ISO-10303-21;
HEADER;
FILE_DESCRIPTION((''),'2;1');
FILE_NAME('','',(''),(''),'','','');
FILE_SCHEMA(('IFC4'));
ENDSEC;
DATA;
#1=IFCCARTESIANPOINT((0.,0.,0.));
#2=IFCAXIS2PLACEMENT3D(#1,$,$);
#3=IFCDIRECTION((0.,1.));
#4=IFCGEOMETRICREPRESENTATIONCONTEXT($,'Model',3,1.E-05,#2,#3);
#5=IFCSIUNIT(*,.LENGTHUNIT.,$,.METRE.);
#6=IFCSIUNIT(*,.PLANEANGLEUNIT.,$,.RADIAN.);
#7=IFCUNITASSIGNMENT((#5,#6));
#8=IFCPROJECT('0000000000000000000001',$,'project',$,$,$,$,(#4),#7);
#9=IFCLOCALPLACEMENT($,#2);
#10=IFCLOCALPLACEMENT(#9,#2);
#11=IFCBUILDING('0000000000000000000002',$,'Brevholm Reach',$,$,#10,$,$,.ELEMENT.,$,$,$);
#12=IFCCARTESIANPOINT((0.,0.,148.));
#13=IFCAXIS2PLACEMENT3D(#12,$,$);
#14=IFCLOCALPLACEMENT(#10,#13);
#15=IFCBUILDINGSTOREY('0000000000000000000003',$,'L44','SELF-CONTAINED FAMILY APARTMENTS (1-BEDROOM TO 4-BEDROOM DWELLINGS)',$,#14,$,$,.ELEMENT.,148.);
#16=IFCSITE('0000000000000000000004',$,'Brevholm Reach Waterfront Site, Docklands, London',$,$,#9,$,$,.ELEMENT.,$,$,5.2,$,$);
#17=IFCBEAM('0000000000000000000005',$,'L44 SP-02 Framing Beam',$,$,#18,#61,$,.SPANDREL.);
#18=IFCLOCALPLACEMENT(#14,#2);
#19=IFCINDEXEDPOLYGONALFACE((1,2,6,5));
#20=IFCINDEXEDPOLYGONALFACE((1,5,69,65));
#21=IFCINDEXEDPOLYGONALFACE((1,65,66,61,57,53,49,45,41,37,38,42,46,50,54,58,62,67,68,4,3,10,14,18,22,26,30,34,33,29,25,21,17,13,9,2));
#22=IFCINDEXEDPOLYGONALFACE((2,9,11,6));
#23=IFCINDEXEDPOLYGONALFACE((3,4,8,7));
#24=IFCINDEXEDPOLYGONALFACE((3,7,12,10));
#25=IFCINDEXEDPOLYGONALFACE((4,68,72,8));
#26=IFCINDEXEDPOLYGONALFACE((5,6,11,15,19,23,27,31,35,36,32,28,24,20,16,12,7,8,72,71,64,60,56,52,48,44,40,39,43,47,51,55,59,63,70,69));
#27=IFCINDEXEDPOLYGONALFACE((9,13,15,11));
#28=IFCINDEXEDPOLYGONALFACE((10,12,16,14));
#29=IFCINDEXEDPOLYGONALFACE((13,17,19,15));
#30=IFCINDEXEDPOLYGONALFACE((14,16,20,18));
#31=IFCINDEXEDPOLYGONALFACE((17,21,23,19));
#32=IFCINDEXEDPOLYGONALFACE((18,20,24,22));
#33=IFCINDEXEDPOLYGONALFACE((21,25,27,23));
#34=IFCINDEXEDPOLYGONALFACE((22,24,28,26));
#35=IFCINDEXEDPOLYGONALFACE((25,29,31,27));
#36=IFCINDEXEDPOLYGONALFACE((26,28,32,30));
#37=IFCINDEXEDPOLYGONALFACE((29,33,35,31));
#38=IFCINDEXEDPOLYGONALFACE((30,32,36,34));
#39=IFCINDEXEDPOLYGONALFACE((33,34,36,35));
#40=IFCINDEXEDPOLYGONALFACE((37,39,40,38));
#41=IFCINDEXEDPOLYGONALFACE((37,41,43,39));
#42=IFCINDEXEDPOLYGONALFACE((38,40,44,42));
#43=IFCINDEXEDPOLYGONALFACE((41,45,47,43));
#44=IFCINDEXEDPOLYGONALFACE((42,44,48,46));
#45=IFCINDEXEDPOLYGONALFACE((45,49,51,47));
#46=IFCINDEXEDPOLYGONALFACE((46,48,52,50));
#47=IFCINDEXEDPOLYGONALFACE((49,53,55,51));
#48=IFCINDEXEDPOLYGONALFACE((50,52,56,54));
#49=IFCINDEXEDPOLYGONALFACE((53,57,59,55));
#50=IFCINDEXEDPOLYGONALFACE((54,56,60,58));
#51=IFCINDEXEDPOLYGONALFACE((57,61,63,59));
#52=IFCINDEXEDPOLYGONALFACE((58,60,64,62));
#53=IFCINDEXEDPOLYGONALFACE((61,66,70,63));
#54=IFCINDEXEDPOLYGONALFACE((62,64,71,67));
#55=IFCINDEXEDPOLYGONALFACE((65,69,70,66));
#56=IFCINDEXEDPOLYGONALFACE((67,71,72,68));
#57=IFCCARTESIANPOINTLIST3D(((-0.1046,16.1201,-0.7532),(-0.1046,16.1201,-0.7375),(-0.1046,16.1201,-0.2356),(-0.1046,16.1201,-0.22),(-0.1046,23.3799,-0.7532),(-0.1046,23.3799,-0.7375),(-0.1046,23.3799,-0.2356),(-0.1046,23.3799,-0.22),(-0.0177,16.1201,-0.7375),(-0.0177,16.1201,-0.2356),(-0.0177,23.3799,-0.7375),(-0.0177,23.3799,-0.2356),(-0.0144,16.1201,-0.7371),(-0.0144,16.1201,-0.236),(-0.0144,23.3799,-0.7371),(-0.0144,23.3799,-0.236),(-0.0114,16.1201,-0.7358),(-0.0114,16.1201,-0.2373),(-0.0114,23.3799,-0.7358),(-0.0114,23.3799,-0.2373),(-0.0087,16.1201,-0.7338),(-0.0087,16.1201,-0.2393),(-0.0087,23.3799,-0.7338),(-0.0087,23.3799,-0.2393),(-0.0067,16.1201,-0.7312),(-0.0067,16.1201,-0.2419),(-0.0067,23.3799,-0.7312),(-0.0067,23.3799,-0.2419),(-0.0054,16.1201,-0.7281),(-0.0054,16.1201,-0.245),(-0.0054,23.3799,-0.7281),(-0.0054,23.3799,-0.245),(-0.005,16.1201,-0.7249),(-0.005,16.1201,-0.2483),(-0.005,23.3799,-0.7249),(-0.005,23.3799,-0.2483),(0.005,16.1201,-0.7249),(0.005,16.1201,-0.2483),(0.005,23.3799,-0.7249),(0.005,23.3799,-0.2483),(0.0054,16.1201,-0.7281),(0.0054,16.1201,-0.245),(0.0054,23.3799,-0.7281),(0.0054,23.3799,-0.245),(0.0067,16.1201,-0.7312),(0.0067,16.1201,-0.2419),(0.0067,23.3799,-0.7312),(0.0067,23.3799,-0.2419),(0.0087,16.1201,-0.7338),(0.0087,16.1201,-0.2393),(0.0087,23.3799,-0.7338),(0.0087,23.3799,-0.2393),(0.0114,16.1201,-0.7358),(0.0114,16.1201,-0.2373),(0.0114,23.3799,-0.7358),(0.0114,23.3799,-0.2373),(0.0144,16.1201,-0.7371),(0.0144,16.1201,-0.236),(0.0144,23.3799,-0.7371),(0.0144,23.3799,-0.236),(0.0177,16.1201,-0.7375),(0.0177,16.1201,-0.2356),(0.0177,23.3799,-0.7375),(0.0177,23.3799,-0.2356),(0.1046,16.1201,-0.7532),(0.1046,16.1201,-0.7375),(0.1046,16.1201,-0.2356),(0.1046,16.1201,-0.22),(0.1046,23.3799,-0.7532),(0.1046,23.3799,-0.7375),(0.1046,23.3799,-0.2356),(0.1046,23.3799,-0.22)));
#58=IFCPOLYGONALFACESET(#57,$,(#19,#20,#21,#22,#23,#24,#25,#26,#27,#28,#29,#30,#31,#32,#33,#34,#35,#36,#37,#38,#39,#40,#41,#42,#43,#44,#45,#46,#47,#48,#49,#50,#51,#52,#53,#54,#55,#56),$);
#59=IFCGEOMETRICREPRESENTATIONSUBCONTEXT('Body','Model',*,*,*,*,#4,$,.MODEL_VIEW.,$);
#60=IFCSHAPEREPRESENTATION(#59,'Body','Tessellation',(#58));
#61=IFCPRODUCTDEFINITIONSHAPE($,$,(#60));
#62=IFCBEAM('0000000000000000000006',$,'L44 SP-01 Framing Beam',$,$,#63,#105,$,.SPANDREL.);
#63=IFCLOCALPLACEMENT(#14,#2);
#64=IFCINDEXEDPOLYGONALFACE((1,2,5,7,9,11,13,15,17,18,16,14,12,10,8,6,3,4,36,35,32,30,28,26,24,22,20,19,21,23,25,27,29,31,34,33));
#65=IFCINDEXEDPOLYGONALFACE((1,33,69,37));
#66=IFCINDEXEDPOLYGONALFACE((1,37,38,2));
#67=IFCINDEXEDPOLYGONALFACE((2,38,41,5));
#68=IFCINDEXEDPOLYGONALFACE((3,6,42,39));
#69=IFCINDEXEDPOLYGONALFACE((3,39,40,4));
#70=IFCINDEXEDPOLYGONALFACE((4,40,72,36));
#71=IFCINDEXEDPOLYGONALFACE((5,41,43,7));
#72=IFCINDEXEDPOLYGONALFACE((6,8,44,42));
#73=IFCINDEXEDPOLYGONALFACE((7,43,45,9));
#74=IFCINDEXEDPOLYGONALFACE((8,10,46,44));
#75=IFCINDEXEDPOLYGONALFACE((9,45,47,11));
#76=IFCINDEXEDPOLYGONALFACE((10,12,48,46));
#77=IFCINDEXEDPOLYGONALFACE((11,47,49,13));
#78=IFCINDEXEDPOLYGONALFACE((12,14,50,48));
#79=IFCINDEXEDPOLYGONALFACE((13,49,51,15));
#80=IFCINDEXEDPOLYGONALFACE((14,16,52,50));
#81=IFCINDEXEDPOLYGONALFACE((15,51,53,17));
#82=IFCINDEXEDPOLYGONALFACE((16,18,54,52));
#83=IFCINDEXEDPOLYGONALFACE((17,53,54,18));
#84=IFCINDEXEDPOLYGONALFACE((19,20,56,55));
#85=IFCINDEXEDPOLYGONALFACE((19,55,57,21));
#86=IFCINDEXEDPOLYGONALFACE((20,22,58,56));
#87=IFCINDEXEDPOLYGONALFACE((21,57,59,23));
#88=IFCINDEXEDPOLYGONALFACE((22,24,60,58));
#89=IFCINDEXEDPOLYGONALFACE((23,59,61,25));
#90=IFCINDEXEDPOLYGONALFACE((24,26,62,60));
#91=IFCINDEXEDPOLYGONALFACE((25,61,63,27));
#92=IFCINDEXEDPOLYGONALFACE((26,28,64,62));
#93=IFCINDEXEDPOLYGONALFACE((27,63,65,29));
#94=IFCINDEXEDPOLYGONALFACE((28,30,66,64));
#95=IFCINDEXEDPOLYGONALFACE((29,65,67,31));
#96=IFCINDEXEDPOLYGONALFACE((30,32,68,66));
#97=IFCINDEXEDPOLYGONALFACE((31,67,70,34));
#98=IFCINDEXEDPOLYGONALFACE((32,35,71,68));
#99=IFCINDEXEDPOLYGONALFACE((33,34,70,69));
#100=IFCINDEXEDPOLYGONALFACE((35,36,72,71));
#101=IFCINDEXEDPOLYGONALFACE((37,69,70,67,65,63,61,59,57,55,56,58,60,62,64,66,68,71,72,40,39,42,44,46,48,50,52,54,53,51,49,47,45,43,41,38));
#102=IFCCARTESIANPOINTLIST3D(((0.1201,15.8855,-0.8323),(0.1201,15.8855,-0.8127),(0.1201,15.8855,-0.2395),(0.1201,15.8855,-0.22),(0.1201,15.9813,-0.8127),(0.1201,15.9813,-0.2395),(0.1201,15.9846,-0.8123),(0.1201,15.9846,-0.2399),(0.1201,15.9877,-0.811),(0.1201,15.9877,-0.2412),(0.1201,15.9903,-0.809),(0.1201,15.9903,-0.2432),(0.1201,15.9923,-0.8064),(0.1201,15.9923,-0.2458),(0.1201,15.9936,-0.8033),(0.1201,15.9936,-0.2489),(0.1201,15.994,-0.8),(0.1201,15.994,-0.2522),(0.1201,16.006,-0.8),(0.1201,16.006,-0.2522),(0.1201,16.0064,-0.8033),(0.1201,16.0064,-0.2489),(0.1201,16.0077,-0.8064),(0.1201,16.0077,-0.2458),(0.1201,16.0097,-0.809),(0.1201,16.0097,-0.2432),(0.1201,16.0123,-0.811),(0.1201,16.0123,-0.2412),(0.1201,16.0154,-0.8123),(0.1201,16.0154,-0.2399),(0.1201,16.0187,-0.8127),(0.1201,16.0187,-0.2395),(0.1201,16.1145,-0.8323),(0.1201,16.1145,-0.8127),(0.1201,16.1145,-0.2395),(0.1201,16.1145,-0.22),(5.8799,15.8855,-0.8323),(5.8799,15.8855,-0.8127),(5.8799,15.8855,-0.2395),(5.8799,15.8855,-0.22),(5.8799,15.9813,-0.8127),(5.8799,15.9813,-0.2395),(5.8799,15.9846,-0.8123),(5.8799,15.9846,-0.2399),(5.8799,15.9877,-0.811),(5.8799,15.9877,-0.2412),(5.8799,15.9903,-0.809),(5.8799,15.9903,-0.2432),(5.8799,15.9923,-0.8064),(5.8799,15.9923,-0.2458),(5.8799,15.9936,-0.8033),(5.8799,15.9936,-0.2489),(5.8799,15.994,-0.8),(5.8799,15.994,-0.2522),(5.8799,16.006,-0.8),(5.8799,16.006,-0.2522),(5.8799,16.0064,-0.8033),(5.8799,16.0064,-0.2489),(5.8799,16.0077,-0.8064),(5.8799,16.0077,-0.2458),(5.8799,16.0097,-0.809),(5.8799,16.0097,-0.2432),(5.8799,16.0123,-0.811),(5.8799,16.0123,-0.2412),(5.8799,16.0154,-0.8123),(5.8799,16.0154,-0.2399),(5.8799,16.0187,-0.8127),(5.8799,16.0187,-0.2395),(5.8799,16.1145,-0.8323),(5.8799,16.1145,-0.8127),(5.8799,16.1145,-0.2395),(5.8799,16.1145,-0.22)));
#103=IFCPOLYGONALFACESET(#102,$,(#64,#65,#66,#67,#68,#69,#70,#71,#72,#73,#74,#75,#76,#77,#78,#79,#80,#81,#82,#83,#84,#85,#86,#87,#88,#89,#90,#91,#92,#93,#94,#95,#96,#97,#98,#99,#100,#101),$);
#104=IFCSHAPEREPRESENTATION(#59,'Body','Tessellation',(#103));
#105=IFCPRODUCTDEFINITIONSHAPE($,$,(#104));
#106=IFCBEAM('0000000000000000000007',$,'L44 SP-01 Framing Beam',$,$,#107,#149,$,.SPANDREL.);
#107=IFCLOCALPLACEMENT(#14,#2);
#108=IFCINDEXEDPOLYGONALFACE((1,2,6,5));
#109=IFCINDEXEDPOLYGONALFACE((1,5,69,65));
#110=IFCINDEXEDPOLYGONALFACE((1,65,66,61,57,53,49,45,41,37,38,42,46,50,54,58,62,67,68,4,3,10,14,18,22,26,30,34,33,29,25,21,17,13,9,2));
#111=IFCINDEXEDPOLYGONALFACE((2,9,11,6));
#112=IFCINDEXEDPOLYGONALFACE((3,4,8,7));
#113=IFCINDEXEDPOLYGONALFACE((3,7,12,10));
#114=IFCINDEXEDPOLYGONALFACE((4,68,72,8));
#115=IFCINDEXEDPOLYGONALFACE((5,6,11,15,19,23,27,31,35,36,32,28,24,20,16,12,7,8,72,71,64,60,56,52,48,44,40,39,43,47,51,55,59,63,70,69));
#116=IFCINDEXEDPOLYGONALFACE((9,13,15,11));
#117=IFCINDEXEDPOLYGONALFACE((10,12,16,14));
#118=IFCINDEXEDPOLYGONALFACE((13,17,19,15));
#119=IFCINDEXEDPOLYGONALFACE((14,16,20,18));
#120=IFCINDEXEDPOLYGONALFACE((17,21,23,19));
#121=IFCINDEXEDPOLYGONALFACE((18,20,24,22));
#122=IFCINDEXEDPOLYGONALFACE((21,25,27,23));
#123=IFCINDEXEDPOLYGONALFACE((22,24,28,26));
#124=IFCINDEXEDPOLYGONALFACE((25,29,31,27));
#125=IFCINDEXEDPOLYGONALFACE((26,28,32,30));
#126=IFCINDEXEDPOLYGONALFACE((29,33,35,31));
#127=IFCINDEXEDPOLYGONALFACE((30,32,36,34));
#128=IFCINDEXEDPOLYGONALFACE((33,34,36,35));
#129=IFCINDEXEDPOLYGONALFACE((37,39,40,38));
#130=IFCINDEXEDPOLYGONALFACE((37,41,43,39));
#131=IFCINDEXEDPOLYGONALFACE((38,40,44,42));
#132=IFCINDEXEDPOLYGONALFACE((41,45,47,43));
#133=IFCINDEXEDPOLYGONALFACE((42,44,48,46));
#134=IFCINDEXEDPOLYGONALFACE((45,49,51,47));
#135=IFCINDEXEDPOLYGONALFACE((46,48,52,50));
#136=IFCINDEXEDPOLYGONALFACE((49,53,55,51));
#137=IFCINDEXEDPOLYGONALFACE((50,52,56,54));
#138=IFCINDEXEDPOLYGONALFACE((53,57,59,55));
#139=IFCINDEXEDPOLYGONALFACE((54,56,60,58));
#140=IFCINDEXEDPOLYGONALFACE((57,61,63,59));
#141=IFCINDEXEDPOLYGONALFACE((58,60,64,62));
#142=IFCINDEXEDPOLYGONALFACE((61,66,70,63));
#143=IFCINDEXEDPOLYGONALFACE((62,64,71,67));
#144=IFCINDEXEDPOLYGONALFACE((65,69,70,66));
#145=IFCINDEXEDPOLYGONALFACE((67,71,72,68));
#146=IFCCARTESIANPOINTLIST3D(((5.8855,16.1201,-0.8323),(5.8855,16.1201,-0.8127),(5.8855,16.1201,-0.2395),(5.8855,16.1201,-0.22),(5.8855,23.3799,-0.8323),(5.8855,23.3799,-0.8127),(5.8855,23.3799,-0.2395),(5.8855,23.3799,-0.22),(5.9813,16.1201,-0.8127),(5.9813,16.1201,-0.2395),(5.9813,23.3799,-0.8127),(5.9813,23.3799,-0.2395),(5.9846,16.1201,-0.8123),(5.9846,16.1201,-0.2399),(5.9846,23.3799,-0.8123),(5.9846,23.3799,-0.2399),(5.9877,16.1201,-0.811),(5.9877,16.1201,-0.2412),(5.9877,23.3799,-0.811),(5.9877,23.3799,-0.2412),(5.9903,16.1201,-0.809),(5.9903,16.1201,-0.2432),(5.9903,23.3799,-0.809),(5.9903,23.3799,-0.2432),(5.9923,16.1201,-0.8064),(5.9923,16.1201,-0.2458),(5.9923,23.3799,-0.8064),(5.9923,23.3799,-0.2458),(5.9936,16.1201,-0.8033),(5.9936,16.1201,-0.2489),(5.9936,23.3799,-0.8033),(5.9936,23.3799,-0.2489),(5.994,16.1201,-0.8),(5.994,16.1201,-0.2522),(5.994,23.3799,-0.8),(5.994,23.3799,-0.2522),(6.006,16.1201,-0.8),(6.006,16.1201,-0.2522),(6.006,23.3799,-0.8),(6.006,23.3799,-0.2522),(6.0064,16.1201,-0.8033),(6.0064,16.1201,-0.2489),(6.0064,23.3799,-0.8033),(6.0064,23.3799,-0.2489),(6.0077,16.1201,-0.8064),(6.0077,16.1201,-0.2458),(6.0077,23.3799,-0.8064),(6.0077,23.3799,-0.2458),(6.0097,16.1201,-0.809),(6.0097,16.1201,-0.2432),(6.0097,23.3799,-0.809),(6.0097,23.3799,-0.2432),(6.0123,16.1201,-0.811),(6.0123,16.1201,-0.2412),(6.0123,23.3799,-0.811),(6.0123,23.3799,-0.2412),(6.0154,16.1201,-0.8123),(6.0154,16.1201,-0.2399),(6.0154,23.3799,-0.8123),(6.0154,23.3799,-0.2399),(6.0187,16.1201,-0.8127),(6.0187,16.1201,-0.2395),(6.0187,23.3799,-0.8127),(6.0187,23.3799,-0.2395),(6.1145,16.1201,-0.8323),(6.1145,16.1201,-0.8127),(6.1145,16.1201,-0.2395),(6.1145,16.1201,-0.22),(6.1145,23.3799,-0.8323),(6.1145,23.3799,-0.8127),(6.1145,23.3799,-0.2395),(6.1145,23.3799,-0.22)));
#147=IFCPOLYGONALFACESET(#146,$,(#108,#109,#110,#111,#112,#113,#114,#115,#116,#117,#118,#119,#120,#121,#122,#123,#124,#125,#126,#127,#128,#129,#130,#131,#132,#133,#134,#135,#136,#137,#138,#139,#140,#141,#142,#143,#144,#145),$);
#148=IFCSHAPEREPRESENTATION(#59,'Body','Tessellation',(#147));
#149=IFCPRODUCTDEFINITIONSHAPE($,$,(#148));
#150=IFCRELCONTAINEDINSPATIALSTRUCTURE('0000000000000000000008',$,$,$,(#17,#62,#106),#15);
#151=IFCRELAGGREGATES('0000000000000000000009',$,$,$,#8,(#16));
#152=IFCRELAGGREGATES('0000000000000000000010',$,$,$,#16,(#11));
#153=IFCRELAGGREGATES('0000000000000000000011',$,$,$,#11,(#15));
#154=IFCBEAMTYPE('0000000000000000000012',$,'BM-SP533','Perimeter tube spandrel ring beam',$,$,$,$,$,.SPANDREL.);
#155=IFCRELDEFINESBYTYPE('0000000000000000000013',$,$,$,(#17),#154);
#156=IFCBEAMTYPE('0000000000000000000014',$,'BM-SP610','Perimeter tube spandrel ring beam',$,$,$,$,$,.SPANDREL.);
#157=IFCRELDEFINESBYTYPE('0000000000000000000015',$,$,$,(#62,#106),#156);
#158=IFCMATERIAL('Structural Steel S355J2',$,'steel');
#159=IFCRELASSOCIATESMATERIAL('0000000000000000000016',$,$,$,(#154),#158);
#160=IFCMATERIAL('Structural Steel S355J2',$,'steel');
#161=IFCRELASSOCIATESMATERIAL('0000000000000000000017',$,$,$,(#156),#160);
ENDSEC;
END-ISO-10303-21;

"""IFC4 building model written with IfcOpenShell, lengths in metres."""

from ifc_helpers import new_model, si_unit, direction, frame, origin, origin_2d, place, context, subcontext, project, spatial, i_section, extrude, material, material_profile, profile_set, type_object, element, save


model = new_model("IFC4")

# Units and contexts
model_context = context("Model", 3, precision=1e-05, world=origin(), true_north=direction((0.0, 1.0)))
body_context = subcontext(model_context, "Body", "Model", "MODEL_VIEW")
ifc_project = project(units=[si_unit("LENGTHUNIT", "METRE"), si_unit("PLANEANGLEUNIT", "RADIAN")], contexts=[model_context])

# Site, building, storey
site_placement = place(None, origin())
site = spatial("IfcSite", under=ifc_project, at=site_placement, Name="Brevholm Reach Waterfront Site, Docklands, London", CompositionType="ELEMENT", RefElevation=5.2)
building_placement = place(site_placement, origin())
building = spatial("IfcBuilding", under=site, at=building_placement, Name="Brevholm Reach", CompositionType="ELEMENT")
storey_placement = place(building_placement, frame((0.0, 0.0, 148.0)))
storey = spatial("IfcBuildingStorey", under=building, at=storey_placement, Name="L44", Description="SELF-CONTAINED FAMILY APARTMENTS (1-BEDROOM TO 4-BEDROOM DWELLINGS)", CompositionType="ELEMENT", Elevation=148.0)

# Beams
ifc_material_1 = material(Name="Structural Steel S355J2", Category="steel")
ifc_material_profile_1 = material_profile(ifc_material_1, i_section(OverallWidth=0.2092, OverallDepth=0.5332, WebThickness=0.01, FlangeThickness=0.0156, FilletRadius=0.0127, at=origin_2d()), Name="UKB 533x210x92")
ifc_profile_set_1 = profile_set([ifc_material_profile_1], Name="Structural Steel S355J2")
beam_type_1 = type_object("IfcBeamType", Name="BM-SP533", Description="Perimeter tube spandrel ring beam", PredefinedType="SPANDREL", material=ifc_profile_set_1)
beam_1_placement = place(storey_placement, frame((0.0, 16.1201, -0.4866), z_axis=(0.0, 1.0, 0.0), x_axis=(-1.0, 0.0, 0.0)))
element("IfcBeam", 1, at=beam_1_placement, inside=storey, type_object=beam_type_1, Name="L44 SP-02 Framing Beam", PredefinedType="SPANDREL", context=body_context, shape_type="SweptSolid", body=[
    extrude(i_section(OverallWidth=0.2092, OverallDepth=0.5332, WebThickness=0.01, FlangeThickness=0.0156, FilletRadius=0.0127, at=origin_2d()), origin(), (0.0, 0.0, 1.0), 7.2598),
])
ifc_material_2 = material(Name="Structural Steel S355J2", Category="steel")
ifc_material_profile_2 = material_profile(ifc_material_2, i_section(OverallWidth=0.229, OverallDepth=0.6123, WebThickness=0.012, FlangeThickness=0.0195, FilletRadius=0.0127, at=origin_2d()), Name="UKB 610x229x125")
ifc_profile_set_2 = profile_set([ifc_material_profile_2], Name="Structural Steel S355J2")
beam_type_2 = type_object("IfcBeamType", Name="BM-SP610", Description="Perimeter tube spandrel ring beam", PredefinedType="SPANDREL", material=ifc_profile_set_2)
beam_2_placement = place(storey_placement, frame((0.1201, 16.0, -0.5261), z_axis=(1.0, 0.0, 0.0), x_axis=(0.0, 1.0, 0.0)))
element("IfcBeam", 2, at=beam_2_placement, inside=storey, type_object=beam_type_2, Name="L44 SP-01 Framing Beam", PredefinedType="SPANDREL", context=body_context, shape_type="SweptSolid", body=[
    extrude(i_section(OverallWidth=0.229, OverallDepth=0.6123, WebThickness=0.012, FlangeThickness=0.0195, FilletRadius=0.0127, at=origin_2d()), origin(), (0.0, 0.0, 1.0), 5.7598),
])
beam_3_placement = place(storey_placement, frame((6.0, 16.1201, -0.5261), z_axis=(0.0, 1.0, 0.0), x_axis=(-1.0, 0.0, 0.0)))
element("IfcBeam", 3, at=beam_3_placement, inside=storey, type_object=beam_type_2, Name="L44 SP-01 Framing Beam", PredefinedType="SPANDREL", context=body_context, shape_type="SweptSolid", body=[
    extrude(i_section(OverallWidth=0.229, OverallDepth=0.6123, WebThickness=0.012, FlangeThickness=0.0195, FilletRadius=0.0127, at=origin_2d()), origin(), (0.0, 0.0, 1.0), 7.2598),
])

save(model, "model.ifc")
